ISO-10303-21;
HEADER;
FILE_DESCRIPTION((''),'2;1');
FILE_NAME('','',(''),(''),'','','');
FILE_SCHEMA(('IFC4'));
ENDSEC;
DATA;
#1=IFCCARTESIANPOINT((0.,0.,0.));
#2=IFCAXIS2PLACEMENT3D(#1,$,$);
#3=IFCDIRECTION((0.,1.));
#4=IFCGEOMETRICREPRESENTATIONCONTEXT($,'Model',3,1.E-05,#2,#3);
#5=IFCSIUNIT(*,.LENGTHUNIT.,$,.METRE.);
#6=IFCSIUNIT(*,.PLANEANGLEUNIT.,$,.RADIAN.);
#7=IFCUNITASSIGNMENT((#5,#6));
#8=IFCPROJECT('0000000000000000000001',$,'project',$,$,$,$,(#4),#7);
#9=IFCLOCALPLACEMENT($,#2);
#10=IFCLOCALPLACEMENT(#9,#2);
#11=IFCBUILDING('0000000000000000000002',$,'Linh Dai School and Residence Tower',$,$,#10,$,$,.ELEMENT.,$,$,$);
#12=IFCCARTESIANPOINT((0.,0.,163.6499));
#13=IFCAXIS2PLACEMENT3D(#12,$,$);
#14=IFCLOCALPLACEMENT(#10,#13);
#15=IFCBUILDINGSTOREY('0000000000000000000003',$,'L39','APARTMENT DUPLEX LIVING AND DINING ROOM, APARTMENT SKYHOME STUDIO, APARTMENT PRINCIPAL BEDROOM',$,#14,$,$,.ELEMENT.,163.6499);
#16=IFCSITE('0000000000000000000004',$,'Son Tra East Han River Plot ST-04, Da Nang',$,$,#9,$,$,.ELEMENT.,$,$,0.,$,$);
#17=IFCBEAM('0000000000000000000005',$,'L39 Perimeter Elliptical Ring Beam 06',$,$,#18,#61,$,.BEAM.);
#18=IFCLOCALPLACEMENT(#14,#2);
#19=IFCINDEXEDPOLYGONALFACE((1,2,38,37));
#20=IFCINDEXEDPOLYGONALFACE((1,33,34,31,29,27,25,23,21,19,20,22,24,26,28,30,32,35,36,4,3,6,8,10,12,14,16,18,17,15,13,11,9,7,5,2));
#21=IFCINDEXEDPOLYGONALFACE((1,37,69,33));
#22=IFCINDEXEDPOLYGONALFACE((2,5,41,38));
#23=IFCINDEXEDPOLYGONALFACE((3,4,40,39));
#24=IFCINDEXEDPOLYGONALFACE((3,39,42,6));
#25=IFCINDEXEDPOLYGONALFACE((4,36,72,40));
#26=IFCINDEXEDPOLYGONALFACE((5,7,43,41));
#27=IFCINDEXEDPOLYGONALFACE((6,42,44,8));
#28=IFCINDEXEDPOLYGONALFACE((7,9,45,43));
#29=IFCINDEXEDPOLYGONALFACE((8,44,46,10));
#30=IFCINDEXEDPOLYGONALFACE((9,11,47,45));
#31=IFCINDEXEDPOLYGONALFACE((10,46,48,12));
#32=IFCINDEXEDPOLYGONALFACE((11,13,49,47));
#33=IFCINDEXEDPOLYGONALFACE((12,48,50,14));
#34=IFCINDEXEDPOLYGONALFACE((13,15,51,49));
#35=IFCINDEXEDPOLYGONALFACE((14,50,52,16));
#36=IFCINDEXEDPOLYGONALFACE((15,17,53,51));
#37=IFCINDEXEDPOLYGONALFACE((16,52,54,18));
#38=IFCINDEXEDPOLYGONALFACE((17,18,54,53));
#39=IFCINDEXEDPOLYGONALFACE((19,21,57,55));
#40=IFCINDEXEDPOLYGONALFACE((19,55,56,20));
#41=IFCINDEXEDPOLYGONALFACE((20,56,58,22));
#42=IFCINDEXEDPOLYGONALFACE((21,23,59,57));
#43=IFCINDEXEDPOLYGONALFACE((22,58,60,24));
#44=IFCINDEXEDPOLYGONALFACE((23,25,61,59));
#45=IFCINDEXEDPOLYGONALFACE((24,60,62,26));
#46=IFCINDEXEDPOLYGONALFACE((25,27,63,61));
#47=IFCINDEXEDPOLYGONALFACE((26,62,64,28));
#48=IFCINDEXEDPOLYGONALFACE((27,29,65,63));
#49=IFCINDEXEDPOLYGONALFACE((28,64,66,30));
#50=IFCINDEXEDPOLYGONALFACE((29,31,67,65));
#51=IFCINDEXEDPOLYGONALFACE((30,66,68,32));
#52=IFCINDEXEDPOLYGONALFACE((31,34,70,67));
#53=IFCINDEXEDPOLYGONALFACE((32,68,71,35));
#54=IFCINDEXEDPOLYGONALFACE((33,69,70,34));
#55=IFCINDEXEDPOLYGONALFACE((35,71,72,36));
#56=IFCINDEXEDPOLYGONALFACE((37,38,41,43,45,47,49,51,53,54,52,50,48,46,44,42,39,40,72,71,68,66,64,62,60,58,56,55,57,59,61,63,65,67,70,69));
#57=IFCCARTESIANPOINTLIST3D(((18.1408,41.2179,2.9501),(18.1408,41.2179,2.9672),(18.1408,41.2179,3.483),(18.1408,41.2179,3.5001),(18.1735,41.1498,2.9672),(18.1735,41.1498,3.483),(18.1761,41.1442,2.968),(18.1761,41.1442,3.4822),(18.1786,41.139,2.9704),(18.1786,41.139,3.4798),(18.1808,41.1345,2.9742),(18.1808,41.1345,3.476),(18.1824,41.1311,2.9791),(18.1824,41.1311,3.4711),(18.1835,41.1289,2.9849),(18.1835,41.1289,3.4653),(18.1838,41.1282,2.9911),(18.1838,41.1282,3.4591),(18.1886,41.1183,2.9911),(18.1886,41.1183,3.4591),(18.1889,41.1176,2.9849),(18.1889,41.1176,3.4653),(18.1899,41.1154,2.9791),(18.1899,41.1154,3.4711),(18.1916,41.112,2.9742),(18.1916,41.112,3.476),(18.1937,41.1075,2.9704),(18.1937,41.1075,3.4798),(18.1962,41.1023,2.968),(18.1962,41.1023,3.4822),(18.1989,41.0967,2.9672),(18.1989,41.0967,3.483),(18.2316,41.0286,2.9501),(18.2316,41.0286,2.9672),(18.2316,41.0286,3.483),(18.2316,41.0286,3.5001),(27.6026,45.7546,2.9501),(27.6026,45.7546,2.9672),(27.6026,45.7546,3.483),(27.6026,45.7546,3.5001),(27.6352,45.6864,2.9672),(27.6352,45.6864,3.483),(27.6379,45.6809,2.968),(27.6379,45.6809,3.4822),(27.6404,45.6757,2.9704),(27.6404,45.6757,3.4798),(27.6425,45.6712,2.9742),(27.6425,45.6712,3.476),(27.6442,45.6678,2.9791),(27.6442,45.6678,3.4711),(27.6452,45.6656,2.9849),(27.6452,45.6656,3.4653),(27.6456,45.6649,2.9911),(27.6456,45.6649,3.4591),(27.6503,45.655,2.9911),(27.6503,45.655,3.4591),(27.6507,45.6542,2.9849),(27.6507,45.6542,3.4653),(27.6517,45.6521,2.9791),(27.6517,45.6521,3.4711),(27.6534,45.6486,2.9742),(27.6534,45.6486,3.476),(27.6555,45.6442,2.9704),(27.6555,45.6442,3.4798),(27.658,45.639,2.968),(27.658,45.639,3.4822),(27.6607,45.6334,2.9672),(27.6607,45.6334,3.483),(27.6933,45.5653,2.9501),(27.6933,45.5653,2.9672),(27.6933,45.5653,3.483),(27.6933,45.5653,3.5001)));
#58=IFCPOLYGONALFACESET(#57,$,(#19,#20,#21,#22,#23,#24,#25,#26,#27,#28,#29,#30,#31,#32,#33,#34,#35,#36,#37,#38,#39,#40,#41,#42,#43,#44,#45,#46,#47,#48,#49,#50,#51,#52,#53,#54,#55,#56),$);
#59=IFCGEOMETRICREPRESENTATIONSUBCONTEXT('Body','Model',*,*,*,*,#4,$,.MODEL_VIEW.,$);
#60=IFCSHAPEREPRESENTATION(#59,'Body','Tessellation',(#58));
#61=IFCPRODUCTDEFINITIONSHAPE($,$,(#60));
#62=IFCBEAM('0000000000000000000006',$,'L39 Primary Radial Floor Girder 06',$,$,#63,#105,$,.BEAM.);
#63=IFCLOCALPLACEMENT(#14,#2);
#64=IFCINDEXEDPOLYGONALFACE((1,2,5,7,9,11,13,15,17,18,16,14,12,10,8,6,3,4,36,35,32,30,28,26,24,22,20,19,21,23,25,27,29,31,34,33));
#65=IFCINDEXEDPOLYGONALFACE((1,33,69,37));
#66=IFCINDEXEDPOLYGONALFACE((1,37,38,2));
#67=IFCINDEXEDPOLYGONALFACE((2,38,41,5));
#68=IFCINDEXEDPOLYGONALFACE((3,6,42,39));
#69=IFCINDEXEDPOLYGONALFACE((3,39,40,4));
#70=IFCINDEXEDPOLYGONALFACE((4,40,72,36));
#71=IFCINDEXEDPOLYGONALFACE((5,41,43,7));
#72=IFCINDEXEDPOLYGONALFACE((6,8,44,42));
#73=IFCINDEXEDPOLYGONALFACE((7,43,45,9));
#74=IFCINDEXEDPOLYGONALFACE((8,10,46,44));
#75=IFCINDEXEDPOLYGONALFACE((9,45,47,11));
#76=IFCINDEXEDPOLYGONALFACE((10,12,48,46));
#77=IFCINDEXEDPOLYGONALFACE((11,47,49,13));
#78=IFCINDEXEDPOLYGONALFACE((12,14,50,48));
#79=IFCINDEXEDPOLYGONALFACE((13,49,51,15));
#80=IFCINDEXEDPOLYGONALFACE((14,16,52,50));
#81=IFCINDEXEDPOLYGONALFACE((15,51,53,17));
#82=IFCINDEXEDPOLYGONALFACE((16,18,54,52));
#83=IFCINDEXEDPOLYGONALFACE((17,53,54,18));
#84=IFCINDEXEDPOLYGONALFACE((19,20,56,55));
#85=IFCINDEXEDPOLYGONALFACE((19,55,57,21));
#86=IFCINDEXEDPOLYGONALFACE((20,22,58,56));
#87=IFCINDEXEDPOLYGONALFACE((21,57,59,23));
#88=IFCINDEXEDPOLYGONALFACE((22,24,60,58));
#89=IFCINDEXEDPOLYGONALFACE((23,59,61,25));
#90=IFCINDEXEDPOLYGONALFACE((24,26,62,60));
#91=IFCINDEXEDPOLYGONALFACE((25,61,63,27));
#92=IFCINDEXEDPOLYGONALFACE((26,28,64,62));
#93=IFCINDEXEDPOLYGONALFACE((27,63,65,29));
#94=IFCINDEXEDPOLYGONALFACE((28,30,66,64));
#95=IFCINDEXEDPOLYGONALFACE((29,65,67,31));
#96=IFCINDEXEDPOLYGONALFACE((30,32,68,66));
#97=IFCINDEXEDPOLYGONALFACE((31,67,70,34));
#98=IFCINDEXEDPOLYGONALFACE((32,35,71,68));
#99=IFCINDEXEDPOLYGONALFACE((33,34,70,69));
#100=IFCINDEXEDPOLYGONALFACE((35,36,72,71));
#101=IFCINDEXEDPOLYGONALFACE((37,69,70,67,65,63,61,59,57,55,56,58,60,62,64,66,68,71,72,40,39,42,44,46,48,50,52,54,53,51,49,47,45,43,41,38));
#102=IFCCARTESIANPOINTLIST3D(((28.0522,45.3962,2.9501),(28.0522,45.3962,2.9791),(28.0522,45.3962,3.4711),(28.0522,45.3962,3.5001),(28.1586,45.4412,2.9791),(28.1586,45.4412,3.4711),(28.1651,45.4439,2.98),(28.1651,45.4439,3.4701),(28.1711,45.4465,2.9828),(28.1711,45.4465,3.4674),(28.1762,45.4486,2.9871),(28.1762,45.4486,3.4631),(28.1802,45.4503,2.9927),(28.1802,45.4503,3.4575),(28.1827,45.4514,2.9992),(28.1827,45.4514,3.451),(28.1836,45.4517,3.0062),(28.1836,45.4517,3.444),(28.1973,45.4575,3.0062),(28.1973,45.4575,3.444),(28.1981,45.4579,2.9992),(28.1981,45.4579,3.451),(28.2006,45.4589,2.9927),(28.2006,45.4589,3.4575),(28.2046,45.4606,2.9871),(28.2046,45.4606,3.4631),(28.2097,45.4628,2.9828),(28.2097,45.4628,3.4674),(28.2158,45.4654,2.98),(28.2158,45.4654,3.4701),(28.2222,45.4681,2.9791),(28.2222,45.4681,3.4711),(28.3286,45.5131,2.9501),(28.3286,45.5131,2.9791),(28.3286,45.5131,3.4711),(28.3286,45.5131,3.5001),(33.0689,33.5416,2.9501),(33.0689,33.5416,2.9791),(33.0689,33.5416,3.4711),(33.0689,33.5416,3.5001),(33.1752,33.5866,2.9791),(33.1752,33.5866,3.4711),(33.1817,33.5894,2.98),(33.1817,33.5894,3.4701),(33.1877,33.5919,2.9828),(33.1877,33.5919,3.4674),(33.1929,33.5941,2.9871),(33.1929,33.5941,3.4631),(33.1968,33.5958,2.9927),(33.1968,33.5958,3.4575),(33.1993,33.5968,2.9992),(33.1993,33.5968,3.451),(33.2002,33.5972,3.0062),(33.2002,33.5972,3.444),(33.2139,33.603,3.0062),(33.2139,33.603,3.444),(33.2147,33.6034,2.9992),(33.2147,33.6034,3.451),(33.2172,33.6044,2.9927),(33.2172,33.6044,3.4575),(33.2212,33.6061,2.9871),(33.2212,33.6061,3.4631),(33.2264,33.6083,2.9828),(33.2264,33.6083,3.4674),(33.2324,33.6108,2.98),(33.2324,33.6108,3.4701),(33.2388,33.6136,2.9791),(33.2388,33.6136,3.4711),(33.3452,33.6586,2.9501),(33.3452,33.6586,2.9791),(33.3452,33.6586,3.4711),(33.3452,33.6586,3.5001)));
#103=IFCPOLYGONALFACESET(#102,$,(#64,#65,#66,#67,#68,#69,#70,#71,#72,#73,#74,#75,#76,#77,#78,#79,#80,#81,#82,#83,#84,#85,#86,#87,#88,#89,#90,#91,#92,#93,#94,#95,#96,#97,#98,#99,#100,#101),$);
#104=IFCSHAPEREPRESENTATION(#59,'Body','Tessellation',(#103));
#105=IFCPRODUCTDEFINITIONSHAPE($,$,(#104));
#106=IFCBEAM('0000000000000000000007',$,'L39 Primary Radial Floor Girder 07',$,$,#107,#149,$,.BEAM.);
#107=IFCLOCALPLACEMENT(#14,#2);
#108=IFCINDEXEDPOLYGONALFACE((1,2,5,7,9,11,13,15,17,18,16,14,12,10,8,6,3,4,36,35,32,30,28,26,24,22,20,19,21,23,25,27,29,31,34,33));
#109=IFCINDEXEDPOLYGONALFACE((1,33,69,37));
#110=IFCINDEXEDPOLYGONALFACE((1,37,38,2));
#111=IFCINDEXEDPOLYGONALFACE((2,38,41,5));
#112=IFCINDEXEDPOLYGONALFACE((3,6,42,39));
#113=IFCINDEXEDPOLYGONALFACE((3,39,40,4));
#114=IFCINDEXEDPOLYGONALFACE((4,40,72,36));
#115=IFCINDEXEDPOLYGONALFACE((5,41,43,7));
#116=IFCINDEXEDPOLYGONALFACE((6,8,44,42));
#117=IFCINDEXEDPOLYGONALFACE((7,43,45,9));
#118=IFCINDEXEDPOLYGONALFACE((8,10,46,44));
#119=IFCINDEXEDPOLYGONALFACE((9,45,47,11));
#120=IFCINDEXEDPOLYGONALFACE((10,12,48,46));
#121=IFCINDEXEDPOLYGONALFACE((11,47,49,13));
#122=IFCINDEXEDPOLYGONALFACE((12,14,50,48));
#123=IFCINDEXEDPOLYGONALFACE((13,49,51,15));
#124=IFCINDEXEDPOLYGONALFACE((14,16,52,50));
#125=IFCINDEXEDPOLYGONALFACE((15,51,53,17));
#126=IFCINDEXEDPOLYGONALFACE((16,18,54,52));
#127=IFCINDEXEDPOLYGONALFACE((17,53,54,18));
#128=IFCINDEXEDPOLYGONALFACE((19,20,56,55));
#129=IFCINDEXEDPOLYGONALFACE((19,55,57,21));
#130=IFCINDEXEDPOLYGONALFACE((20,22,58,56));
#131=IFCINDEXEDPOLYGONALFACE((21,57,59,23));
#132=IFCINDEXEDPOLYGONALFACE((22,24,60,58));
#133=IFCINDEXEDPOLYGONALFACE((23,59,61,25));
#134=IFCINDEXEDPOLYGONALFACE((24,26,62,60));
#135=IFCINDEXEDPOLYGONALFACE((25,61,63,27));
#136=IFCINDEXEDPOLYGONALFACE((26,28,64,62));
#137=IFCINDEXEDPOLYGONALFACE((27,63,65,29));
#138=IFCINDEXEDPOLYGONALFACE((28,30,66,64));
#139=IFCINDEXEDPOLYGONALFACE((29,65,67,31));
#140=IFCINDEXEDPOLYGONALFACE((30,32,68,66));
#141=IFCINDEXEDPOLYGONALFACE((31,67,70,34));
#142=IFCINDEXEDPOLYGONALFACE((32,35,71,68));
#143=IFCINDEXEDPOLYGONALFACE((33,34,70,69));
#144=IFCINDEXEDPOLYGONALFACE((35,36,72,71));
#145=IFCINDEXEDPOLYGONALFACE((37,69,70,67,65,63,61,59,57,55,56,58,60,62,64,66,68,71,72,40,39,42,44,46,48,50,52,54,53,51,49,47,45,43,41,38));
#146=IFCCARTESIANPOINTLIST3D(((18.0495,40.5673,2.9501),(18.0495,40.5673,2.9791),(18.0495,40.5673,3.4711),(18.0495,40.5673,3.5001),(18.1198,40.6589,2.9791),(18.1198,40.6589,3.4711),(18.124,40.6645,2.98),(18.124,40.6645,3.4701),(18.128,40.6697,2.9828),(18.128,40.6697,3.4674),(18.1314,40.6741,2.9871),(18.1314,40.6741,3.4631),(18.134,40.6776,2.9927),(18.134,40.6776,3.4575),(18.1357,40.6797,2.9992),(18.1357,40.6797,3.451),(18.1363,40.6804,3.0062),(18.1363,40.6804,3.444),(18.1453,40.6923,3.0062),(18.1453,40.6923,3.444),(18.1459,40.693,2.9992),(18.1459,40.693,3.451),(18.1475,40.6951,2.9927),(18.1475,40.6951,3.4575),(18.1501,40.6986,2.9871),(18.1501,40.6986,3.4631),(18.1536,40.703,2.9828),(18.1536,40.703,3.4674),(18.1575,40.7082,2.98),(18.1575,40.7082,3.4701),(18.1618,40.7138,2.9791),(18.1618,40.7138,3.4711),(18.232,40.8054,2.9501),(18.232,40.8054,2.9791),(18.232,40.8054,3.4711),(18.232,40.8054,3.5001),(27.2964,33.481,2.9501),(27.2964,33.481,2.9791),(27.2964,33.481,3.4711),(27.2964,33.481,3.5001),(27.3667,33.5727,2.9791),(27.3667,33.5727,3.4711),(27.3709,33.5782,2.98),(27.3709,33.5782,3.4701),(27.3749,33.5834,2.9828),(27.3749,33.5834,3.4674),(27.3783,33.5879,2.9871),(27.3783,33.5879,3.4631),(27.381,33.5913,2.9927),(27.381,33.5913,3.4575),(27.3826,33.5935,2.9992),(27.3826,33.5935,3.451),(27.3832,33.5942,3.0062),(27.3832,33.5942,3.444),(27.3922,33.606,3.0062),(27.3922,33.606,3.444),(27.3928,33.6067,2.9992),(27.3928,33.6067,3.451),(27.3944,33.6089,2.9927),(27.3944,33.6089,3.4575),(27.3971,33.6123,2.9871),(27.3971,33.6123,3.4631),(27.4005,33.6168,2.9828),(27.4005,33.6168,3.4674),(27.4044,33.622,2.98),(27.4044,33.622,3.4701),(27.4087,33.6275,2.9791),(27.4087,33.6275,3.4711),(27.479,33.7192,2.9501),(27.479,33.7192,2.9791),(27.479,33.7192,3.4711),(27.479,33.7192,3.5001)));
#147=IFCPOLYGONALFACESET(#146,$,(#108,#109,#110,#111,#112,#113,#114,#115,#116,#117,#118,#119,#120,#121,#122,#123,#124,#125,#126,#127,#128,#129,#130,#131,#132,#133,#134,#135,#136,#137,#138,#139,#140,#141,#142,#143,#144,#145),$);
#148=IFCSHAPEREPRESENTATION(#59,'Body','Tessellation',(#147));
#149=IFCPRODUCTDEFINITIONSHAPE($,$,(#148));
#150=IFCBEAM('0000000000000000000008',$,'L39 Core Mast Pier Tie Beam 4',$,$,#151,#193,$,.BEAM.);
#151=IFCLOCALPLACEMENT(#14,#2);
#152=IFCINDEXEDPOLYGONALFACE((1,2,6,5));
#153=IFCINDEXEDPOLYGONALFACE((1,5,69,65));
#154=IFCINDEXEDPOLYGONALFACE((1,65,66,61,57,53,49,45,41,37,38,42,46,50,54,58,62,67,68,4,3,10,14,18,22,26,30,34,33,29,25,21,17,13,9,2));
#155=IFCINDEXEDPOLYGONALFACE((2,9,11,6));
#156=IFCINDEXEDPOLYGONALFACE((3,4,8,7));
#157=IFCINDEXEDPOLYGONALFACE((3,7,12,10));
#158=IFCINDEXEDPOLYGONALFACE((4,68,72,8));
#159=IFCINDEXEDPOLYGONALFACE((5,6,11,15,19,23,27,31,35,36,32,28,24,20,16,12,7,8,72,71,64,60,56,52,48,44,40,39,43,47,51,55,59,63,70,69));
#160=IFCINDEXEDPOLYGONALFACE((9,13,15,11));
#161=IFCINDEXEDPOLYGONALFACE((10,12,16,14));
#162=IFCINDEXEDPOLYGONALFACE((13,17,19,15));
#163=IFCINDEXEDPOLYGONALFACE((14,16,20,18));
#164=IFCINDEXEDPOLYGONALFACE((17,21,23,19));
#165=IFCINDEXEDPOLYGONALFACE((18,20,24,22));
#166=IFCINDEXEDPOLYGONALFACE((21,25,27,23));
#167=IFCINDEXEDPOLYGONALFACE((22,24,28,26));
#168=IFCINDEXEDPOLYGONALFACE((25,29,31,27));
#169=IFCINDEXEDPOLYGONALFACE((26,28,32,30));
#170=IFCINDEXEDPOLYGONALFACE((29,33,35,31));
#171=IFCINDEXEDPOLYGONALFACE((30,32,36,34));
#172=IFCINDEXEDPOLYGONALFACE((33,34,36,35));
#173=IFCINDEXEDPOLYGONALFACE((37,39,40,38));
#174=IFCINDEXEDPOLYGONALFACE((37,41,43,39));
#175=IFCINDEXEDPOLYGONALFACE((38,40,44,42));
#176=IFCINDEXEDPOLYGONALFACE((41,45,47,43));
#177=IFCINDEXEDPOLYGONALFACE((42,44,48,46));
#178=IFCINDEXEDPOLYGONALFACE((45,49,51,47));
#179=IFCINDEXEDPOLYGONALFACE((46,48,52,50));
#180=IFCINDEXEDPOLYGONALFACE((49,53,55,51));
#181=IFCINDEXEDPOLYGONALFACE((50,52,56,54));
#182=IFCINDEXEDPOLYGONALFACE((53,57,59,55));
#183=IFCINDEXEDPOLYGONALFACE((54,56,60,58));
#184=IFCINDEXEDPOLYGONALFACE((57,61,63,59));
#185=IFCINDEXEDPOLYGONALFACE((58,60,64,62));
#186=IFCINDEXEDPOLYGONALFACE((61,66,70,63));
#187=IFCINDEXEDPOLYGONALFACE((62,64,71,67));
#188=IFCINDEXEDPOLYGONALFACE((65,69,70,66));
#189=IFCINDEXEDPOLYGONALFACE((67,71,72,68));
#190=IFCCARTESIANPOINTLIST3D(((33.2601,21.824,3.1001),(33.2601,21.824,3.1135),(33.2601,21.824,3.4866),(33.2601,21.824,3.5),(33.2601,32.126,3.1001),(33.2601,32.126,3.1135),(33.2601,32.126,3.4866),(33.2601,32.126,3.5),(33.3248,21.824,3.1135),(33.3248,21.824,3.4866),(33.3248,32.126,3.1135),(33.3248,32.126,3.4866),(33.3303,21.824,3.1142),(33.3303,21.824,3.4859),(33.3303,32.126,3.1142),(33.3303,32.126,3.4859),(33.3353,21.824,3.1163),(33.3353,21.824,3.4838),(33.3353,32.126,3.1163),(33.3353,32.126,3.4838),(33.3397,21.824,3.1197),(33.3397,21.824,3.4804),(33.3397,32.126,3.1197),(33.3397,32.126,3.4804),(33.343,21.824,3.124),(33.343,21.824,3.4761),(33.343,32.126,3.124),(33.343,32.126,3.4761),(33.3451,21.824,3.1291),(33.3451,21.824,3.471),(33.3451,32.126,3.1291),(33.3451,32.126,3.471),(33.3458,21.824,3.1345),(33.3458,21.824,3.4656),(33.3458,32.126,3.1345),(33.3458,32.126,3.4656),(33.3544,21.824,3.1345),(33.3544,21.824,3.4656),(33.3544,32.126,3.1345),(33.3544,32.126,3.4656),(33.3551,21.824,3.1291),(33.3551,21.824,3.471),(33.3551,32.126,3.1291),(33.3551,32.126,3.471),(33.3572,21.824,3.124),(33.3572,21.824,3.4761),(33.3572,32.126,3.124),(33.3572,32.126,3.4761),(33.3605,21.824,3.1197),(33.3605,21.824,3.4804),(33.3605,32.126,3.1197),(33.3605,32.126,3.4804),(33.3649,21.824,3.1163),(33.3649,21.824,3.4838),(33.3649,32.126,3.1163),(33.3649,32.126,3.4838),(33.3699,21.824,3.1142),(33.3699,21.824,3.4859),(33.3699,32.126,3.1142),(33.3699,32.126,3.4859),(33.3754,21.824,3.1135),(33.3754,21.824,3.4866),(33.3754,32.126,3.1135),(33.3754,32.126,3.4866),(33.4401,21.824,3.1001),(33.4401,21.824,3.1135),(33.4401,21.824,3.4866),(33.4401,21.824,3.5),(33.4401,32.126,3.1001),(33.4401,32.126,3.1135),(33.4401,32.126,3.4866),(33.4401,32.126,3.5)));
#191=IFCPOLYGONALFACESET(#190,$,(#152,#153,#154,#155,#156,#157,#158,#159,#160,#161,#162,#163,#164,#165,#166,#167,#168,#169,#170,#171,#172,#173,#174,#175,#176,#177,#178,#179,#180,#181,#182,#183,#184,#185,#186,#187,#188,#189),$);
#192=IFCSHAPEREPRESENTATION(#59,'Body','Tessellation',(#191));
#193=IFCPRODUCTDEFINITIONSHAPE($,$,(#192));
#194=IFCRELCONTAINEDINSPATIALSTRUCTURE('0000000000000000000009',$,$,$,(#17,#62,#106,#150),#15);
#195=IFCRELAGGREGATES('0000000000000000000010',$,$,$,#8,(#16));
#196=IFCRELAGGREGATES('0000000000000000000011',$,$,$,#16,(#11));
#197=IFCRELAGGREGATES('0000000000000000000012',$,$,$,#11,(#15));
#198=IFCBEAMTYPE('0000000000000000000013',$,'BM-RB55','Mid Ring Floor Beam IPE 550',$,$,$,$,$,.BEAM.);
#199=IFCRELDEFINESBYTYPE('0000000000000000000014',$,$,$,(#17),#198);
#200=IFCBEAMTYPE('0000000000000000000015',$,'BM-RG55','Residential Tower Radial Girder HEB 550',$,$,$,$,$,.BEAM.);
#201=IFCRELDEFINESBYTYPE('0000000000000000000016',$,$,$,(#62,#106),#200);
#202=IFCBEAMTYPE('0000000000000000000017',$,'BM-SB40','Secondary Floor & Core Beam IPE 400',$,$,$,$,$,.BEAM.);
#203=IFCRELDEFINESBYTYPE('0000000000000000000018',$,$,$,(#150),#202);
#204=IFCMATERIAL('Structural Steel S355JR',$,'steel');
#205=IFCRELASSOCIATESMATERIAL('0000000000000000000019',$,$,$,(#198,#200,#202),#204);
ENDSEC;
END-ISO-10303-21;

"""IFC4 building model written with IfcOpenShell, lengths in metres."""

from ifc_helpers import new_model, si_unit, direction, frame, origin, origin_2d, place, context, subcontext, project, spatial, i_section, extrude, material, material_profile, profile_set, type_object, element, save


model = new_model("IFC4")

# Units and contexts
model_context = context("Model", 3, precision=1e-05, world=origin(), true_north=direction((0.0, 1.0)))
body_context = subcontext(model_context, "Body", "Model", "MODEL_VIEW")
ifc_project = project(units=[si_unit("LENGTHUNIT", "METRE"), si_unit("PLANEANGLEUNIT", "RADIAN")], contexts=[model_context])

# Site, building, storey
site_placement = place(None, origin())
site = spatial("IfcSite", under=ifc_project, at=site_placement, Name="Son Tra East Han River Plot ST-04, Da Nang", CompositionType="ELEMENT", RefElevation=0.0)
building_placement = place(site_placement, origin())
building = spatial("IfcBuilding", under=site, at=building_placement, Name="Linh Dai School and Residence Tower", CompositionType="ELEMENT")
storey_placement = place(building_placement, frame((0.0, 0.0, 163.6499)))
storey = spatial("IfcBuildingStorey", under=building, at=storey_placement, Name="L39", Description="APARTMENT DUPLEX LIVING AND DINING ROOM, APARTMENT SKYHOME STUDIO, APARTMENT PRINCIPAL BEDROOM", CompositionType="ELEMENT", Elevation=163.6499)

# Shared definitions
ifc_material_1 = material(Name="Structural Steel S355JR", Category="steel")

# Beams
ifc_material_profile_1 = material_profile(ifc_material_1, i_section(OverallWidth=0.21, OverallDepth=0.55, WebThickness=0.011, FlangeThickness=0.0171, FilletRadius=0.0239, at=origin_2d()), Name="IPE 550")
ifc_profile_set_1 = profile_set([ifc_material_profile_1], Name="Structural Steel S355JR")
beam_type_1 = type_object("IfcBeamType", Name="BM-RB55", Description="Mid Ring Floor Beam IPE 550", PredefinedType="BEAM", material=ifc_profile_set_1)
beam_1_placement = place(storey_placement, frame((27.6479, 45.6599, 3.2251), z_axis=(-0.901708, -0.432345, 0.0), x_axis=(0.432345, -0.901708, 0.0)))
element("IfcBeam", 1, at=beam_1_placement, inside=storey, type_object=beam_type_1, Name="L39 Perimeter Elliptical Ring Beam 06", PredefinedType="BEAM", context=body_context, shape_type="SweptSolid", body=[
    extrude(i_section(OverallWidth=0.21, OverallDepth=0.55, WebThickness=0.011, FlangeThickness=0.0171, FilletRadius=0.0239, at=origin_2d()), origin(), (0.0, 0.0, 1.0), 10.4932),
])
ifc_material_profile_2 = material_profile(ifc_material_1, i_section(OverallWidth=0.3, OverallDepth=0.55, WebThickness=0.0149, FlangeThickness=0.0291, FilletRadius=0.0271, at=origin_2d()), Name="HEB 550")
ifc_profile_set_2 = profile_set([ifc_material_profile_2], Name="Structural Steel S355JR")
beam_type_2 = type_object("IfcBeamType", Name="BM-RG55", Description="Residential Tower Radial Girder HEB 550", PredefinedType="BEAM", material=ifc_profile_set_2)
beam_2_placement = place(storey_placement, frame((33.207, 33.6001, 3.2251), z_axis=(-0.389722, 0.920933, 0.0), x_axis=(-0.920933, -0.389722, 0.0)))
element("IfcBeam", 2, at=beam_2_placement, inside=storey, type_object=beam_type_2, Name="L39 Primary Radial Floor Girder 06", PredefinedType="BEAM", context=body_context, shape_type="SweptSolid", body=[
    extrude(i_section(OverallWidth=0.3, OverallDepth=0.55, WebThickness=0.0149, FlangeThickness=0.0291, FilletRadius=0.0271, at=origin_2d()), origin(), (0.0, 0.0, 1.0), 12.8723),
])
beam_3_placement = place(storey_placement, frame((27.3877, 33.6001, 3.2251), z_axis=(-0.793733, 0.608267, 0.0), x_axis=(-0.608267, -0.793733, 0.0)))
element("IfcBeam", 3, at=beam_3_placement, inside=storey, type_object=beam_type_2, Name="L39 Primary Radial Floor Girder 07", PredefinedType="BEAM", context=body_context, shape_type="SweptSolid", body=[
    extrude(i_section(OverallWidth=0.3, OverallDepth=0.55, WebThickness=0.0149, FlangeThickness=0.0291, FilletRadius=0.0271, at=origin_2d()), origin(), (0.0, 0.0, 1.0), 11.6499),
])
ifc_material_profile_3 = material_profile(ifc_material_1, i_section(OverallWidth=0.1799, OverallDepth=0.3999, WebThickness=0.0085, FlangeThickness=0.0134, FilletRadius=0.021, at=origin_2d()), Name="IPE 400")
ifc_profile_set_3 = profile_set([ifc_material_profile_3], Name="Structural Steel S355JR")
beam_type_3 = type_object("IfcBeamType", Name="BM-SB40", Description="Secondary Floor & Core Beam IPE 400", PredefinedType="BEAM", material=ifc_profile_set_3)
beam_4_placement = place(storey_placement, frame((33.3501, 32.126, 3.3), z_axis=(0.0, -1.0, 0.0), x_axis=(1.0, 0.0, 0.0)))
element("IfcBeam", 4, at=beam_4_placement, inside=storey, type_object=beam_type_3, Name="L39 Core Mast Pier Tie Beam 4", PredefinedType="BEAM", context=body_context, shape_type="SweptSolid", body=[
    extrude(i_section(OverallWidth=0.1799, OverallDepth=0.3999, WebThickness=0.0085, FlangeThickness=0.0134, FilletRadius=0.021, at=origin_2d()), origin(), (0.0, 0.0, 1.0), 10.302),
])

save(model, "model.ifc")
